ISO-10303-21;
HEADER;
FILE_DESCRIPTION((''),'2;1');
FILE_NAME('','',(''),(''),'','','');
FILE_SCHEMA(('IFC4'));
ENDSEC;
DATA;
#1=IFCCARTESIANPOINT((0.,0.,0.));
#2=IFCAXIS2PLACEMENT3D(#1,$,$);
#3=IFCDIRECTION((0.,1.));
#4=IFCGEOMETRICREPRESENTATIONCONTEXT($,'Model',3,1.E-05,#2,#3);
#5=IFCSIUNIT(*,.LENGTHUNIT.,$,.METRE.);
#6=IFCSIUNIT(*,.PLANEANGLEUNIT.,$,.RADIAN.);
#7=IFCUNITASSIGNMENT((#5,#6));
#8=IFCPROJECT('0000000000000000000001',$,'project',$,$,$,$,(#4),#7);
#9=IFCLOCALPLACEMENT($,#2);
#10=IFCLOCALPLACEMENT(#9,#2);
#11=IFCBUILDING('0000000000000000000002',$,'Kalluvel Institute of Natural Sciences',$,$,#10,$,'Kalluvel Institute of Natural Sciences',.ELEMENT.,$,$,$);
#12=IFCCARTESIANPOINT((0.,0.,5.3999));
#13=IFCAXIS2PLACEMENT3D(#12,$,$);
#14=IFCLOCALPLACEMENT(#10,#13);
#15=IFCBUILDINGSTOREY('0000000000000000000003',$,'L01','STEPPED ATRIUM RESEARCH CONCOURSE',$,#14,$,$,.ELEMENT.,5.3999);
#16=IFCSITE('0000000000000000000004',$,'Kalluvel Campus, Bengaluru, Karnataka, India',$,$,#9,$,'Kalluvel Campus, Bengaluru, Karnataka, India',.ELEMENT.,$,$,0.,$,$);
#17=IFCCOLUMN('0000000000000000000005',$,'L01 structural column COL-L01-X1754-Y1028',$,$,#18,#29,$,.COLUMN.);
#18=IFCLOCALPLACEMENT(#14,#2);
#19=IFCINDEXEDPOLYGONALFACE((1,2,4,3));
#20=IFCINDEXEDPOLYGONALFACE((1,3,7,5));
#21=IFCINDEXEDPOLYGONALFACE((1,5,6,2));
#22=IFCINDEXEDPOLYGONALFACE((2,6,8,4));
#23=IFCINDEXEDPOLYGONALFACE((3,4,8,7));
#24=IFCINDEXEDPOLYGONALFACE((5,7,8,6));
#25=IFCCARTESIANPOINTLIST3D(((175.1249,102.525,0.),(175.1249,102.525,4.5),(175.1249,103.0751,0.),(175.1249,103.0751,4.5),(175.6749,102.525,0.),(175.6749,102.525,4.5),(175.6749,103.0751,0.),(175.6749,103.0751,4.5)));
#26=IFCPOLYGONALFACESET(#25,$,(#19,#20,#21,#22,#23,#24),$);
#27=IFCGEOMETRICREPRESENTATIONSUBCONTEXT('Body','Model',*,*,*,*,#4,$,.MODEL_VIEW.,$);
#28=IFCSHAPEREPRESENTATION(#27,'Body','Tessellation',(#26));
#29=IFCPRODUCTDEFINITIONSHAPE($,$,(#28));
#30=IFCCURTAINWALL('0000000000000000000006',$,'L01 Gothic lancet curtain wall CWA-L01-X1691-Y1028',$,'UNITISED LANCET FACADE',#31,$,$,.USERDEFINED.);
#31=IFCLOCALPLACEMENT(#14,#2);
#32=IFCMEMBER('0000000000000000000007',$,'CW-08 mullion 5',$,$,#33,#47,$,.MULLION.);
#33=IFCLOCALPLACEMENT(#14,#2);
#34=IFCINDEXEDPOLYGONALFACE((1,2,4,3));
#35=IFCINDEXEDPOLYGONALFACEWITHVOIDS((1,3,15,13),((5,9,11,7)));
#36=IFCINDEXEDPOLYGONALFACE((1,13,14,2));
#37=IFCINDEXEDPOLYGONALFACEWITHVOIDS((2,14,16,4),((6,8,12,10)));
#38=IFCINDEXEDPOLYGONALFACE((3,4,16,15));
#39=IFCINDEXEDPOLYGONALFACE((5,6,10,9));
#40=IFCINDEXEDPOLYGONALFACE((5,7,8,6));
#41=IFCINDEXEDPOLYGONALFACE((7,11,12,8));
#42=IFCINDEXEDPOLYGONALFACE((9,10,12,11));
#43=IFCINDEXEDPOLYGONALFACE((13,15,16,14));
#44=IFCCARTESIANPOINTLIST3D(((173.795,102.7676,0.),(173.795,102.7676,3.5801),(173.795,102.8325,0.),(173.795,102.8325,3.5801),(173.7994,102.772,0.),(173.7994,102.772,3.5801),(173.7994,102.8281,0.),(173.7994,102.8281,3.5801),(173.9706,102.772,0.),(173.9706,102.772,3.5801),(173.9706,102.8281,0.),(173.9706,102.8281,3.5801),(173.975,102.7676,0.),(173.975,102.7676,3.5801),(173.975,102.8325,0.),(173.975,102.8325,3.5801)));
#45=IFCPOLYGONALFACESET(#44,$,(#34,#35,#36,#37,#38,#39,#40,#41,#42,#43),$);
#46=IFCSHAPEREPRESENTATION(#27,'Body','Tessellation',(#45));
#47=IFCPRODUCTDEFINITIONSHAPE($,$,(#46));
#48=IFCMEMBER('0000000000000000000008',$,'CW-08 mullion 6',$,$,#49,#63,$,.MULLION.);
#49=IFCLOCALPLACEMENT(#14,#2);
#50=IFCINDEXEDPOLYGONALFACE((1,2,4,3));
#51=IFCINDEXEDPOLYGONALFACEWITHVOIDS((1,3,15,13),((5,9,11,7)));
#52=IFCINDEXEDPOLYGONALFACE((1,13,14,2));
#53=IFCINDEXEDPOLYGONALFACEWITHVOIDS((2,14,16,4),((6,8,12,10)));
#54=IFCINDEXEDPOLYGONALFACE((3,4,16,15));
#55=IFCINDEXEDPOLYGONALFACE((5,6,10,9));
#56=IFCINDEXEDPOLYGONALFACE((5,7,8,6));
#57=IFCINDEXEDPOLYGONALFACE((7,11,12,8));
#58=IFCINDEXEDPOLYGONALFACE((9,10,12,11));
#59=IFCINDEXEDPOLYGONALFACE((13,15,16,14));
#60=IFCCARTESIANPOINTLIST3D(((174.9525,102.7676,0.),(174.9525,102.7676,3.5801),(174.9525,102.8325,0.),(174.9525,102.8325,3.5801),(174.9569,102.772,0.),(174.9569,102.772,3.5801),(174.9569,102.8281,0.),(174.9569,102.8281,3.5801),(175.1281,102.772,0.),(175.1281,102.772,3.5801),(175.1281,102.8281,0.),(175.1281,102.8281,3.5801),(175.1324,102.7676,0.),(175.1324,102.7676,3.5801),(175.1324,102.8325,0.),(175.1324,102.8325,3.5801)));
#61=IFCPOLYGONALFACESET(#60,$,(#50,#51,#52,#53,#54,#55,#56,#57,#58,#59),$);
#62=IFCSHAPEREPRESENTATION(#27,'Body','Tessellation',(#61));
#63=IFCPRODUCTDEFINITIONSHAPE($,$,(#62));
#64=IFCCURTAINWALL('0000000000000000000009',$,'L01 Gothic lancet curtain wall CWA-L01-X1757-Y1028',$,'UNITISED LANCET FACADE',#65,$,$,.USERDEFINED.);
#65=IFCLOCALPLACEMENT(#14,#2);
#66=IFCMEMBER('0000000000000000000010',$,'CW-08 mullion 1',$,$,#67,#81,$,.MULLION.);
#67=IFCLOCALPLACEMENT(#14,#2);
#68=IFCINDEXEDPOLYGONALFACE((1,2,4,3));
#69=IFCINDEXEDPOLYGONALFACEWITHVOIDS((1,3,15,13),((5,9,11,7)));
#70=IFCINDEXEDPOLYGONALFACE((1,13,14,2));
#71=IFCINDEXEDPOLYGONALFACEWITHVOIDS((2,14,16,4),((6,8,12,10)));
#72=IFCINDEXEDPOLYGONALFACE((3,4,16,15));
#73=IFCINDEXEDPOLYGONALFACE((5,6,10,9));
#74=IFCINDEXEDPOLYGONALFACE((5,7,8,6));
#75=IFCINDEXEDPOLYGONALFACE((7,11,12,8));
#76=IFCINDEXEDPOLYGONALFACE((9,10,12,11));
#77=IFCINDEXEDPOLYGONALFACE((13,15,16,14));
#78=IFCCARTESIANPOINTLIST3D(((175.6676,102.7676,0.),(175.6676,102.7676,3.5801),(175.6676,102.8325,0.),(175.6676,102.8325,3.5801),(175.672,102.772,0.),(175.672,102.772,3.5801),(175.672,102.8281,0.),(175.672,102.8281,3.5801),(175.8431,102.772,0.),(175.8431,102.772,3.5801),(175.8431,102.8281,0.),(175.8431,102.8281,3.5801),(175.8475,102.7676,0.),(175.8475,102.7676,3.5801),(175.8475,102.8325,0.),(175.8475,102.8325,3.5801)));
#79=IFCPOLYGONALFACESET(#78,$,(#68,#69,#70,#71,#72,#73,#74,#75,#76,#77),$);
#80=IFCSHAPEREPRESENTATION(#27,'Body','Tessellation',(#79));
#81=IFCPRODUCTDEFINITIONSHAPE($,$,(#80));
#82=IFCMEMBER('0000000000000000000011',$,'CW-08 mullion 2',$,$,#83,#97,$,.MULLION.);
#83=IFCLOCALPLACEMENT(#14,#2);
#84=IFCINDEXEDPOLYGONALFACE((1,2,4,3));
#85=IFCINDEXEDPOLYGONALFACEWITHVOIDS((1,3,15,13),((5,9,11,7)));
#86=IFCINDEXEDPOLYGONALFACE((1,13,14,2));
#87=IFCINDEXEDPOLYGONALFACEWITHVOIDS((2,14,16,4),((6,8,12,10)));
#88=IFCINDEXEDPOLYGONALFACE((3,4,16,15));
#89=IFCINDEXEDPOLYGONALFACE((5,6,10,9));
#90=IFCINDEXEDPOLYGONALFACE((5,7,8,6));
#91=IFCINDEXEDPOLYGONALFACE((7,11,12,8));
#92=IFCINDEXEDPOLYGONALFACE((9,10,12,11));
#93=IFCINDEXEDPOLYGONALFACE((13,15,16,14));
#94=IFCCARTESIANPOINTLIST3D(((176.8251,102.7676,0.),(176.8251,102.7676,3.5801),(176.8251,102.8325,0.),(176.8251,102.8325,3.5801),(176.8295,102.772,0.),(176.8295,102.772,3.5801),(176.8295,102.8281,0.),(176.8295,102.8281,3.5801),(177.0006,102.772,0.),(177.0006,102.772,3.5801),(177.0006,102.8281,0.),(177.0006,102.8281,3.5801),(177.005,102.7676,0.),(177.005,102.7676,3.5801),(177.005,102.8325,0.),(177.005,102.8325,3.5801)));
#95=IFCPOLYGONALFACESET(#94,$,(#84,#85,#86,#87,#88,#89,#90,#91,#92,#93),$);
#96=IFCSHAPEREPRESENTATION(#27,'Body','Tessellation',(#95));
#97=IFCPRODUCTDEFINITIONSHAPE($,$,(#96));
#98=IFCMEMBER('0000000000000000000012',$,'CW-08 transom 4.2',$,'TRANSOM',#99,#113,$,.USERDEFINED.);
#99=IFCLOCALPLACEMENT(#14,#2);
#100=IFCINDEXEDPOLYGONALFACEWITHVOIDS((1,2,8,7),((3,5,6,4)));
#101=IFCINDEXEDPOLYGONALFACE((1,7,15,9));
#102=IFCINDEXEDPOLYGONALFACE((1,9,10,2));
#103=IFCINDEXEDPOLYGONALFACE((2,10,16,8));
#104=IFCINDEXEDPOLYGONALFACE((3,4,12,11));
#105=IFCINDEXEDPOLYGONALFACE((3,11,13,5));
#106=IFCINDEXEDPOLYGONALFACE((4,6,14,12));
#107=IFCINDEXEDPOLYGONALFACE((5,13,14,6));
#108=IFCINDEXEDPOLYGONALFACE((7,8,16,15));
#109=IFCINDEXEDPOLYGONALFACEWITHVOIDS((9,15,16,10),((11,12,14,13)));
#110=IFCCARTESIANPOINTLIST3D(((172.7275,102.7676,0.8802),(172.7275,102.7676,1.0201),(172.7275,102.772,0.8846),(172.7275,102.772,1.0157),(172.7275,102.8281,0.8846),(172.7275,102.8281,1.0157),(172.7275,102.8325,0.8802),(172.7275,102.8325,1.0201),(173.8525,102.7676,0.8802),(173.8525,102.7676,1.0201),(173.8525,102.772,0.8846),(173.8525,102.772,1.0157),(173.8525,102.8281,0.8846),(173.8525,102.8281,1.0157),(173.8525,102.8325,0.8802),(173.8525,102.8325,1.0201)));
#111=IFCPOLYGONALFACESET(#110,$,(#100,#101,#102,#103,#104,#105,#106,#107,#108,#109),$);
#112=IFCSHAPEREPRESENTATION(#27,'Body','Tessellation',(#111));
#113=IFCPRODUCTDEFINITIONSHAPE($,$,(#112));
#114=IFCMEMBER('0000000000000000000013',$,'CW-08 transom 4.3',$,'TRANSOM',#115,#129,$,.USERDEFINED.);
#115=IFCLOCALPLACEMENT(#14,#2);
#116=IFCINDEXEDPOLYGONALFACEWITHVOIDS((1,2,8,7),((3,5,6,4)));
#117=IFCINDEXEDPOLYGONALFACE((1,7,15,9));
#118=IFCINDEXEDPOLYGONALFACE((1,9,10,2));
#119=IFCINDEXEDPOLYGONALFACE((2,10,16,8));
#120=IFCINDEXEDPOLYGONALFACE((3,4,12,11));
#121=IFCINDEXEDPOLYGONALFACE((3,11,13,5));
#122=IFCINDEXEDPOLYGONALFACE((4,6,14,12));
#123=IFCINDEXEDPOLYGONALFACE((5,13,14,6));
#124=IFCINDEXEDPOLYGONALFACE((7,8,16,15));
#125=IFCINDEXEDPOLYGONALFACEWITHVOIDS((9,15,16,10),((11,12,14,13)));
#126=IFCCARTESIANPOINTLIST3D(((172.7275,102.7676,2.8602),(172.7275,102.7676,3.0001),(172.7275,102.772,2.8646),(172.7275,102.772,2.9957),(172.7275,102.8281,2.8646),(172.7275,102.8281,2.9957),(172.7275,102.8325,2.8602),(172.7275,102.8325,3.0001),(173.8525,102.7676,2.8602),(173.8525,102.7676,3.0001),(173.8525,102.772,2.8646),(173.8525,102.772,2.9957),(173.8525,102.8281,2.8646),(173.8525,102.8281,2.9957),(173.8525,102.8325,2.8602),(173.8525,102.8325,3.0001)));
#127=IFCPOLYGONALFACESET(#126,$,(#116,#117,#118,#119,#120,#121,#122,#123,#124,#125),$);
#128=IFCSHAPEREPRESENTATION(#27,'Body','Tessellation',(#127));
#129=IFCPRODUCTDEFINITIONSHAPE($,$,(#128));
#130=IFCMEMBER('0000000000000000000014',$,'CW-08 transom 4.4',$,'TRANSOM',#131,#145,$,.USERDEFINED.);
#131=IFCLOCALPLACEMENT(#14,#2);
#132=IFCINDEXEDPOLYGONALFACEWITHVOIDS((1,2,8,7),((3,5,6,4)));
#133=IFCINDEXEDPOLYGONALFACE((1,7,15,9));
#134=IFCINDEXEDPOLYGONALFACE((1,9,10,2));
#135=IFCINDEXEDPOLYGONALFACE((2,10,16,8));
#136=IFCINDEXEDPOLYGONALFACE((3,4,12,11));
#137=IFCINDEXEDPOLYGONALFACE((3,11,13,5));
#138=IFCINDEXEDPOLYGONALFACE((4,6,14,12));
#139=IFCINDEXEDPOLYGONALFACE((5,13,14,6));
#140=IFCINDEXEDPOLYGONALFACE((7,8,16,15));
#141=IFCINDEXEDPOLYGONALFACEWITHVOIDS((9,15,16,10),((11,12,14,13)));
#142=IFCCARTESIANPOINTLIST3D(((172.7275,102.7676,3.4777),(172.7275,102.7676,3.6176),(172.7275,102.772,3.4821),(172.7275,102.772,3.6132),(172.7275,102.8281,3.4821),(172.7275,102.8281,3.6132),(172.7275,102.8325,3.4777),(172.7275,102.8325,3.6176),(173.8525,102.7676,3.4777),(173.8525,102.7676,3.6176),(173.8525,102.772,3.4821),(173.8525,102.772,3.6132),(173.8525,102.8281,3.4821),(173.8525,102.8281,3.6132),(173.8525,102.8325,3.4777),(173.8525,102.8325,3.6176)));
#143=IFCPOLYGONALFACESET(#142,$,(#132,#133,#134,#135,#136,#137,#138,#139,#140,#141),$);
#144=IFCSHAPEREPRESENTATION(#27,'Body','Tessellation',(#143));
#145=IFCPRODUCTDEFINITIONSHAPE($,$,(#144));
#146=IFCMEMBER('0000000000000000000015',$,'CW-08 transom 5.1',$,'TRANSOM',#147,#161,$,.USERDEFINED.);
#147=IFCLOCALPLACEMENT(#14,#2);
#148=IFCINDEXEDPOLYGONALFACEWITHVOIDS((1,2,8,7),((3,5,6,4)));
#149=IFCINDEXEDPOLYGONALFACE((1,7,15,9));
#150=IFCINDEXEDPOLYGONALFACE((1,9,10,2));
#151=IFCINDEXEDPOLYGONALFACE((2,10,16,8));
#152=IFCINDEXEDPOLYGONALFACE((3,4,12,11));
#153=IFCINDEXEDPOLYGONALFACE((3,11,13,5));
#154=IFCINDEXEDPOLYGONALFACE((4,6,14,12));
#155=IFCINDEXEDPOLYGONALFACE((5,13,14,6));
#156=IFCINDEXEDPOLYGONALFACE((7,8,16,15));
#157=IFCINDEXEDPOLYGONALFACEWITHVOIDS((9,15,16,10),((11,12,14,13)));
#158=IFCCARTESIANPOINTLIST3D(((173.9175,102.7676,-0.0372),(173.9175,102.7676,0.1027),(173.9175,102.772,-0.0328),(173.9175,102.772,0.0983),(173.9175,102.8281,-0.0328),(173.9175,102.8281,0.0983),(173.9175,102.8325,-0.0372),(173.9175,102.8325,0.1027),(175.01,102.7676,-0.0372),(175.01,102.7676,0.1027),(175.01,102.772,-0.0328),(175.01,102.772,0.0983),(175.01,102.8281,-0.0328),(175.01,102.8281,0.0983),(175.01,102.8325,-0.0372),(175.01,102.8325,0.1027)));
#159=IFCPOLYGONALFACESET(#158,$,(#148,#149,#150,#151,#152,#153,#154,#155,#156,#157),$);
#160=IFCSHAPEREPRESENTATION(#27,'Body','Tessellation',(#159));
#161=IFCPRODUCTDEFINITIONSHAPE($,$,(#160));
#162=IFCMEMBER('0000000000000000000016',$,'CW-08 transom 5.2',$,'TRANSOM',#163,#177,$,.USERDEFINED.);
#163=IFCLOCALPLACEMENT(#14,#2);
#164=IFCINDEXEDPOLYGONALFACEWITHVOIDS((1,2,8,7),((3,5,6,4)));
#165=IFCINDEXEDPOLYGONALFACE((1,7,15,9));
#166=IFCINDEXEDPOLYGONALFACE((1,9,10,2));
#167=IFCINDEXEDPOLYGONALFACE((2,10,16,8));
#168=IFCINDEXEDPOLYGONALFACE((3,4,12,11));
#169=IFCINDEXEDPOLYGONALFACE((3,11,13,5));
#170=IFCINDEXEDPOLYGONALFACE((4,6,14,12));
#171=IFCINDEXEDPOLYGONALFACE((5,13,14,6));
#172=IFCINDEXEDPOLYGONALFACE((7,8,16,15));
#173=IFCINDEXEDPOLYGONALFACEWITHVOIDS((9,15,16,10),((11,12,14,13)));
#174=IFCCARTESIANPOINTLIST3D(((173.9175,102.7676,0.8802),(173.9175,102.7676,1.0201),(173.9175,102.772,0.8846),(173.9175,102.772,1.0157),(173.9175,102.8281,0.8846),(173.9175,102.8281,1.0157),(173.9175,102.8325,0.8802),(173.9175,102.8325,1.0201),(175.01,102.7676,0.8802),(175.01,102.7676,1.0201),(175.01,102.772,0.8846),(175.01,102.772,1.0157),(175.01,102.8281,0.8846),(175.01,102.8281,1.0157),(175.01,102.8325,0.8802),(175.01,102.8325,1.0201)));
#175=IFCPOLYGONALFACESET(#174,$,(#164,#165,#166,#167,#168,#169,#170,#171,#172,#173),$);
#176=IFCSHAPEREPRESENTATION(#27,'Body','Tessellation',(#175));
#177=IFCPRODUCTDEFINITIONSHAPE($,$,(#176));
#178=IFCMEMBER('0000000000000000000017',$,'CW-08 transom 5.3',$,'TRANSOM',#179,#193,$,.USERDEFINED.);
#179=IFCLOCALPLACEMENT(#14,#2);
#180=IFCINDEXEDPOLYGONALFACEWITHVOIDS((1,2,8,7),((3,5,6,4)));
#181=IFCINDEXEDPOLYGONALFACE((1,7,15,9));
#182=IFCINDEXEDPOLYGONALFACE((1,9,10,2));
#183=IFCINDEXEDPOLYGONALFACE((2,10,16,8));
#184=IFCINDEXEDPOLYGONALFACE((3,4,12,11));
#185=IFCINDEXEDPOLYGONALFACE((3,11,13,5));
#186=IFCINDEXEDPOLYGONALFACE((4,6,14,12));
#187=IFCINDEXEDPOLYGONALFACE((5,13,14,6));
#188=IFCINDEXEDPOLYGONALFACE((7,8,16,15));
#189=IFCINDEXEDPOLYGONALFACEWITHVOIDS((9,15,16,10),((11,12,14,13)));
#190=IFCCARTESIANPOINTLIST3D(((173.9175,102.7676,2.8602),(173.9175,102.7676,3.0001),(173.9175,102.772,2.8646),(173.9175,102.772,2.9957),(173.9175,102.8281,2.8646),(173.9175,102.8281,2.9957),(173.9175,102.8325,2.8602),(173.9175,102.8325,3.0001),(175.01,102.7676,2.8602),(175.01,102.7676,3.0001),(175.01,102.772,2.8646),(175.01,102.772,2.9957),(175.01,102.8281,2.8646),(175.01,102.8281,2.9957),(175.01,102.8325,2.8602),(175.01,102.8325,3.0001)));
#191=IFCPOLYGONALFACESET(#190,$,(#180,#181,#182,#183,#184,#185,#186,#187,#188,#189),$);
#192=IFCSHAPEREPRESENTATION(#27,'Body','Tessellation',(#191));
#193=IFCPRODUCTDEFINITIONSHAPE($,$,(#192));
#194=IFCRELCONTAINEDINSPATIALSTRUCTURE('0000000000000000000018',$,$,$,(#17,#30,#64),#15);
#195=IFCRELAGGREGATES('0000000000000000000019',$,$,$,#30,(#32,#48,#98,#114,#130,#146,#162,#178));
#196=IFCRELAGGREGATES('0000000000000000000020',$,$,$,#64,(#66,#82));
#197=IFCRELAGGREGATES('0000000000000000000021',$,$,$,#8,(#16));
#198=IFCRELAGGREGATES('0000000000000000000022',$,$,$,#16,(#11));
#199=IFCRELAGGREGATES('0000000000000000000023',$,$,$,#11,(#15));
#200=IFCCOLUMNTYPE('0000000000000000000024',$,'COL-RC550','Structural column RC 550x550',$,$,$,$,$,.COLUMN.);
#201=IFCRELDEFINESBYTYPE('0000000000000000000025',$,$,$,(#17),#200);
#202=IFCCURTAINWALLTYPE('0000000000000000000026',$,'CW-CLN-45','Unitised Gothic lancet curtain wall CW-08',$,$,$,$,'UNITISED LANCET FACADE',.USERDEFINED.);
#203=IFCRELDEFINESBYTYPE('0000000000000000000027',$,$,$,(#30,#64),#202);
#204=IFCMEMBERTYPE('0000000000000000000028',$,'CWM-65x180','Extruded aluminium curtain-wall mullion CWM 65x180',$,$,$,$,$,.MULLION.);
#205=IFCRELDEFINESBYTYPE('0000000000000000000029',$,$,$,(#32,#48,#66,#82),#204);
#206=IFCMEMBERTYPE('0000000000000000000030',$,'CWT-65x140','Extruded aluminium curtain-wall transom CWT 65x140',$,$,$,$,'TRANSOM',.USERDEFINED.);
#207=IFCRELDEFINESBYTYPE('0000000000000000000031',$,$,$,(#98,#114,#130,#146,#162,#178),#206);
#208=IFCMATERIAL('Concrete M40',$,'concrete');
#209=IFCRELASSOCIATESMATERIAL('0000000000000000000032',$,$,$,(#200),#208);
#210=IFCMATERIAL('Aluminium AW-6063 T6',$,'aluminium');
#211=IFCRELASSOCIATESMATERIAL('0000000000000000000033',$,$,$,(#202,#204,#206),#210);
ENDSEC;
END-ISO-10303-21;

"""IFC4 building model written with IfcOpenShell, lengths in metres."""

from ifc_helpers import new_model, si_unit, direction, frame, origin, origin_2d, place, context, subcontext, project, spatial, rectangle, hollow_rectangle, extrude, material, material_profile, profile_set, type_object, element, aggregate, save


model = new_model("IFC4")

# Units and contexts
model_context = context("Model", 3, precision=1e-05, world=origin(), true_north=direction((0.0, 1.0)))
body_context = subcontext(model_context, "Body", "Model", "MODEL_VIEW")
ifc_project = project(units=[si_unit("LENGTHUNIT", "METRE"), si_unit("PLANEANGLEUNIT", "RADIAN")], contexts=[model_context])

# Site, building, storey
site_placement = place(None, origin())
site = spatial("IfcSite", under=ifc_project, at=site_placement, Name="Kalluvel Campus, Bengaluru, Karnataka, India", LongName="Kalluvel Campus, Bengaluru, Karnataka, India", CompositionType="ELEMENT", RefElevation=0.0)
building_placement = place(site_placement, origin())
building = spatial("IfcBuilding", under=site, at=building_placement, Name="Kalluvel Institute of Natural Sciences", LongName="Kalluvel Institute of Natural Sciences", CompositionType="ELEMENT")
storey_placement = place(building_placement, frame((0.0, 0.0, 5.3999)))
storey = spatial("IfcBuildingStorey", under=building, at=storey_placement, Name="L01", Description="STEPPED ATRIUM RESEARCH CONCOURSE", CompositionType="ELEMENT", Elevation=5.3999)

# Column
ifc_material_1 = material(Name="Concrete M40", Category="concrete")
ifc_material_profile_1 = material_profile(ifc_material_1, rectangle(XDim=0.55, YDim=0.55, at=origin_2d()), Name="RC 550x550")
ifc_profile_set_1 = profile_set([ifc_material_profile_1], Name="Concrete M40")
column_type = type_object("IfcColumnType", Name="COL-RC550", Description="Structural column RC 550x550", PredefinedType="COLUMN", material=ifc_profile_set_1)
column_placement = place(storey_placement, frame((175.3999, 102.8, 0.0), z_axis=(0.0, 0.0, 1.0), x_axis=(1.0, 0.0, 0.0)))
element("IfcColumn", 1, at=column_placement, inside=storey, type_object=column_type, Name="L01 structural column COL-L01-X1754-Y1028", PredefinedType="COLUMN", context=body_context, shape_type="SweptSolid", body=[
    extrude(rectangle(XDim=0.55, YDim=0.55, at=origin_2d()), origin(), (0.0, 0.0, 1.0), 4.5),
])

# Curtain walls, members
ifc_material_2 = material(Name="Aluminium AW-6063 T6", Category="aluminium")
curtain_wall_type = type_object("IfcCurtainWallType", Name="CW-CLN-45", Description="Unitised Gothic lancet curtain wall CW-08", ElementType="UNITISED LANCET FACADE", PredefinedType="USERDEFINED", material=ifc_material_2)
curtain_wall_1_placement = place(storey_placement, origin())
curtain_wall_1 = element("IfcCurtainWall", 2, at=curtain_wall_1_placement, inside=storey, type_object=curtain_wall_type, Name="L01 Gothic lancet curtain wall CWA-L01-X1691-Y1028", ObjectType="UNITISED LANCET FACADE", PredefinedType="USERDEFINED")
ifc_material_profile_2 = material_profile(ifc_material_2, hollow_rectangle(XDim=0.0649, YDim=0.1799, WallThickness=0.0044, at=origin_2d()), Name="CWM 65x180")
ifc_profile_set_2 = profile_set([ifc_material_profile_2], Name="Aluminium AW-6063 T6")
member_type_1 = type_object("IfcMemberType", Name="CWM-65x180", Description="Extruded aluminium curtain-wall mullion CWM 65x180", PredefinedType="MULLION", material=ifc_profile_set_2)
member_1_placement = place(storey_placement, frame((173.885, 102.8, 0.0), z_axis=(0.0, 0.0, 1.0), x_axis=(0.0, 1.0, 0.0)))
member_1 = element("IfcMember", 3, at=member_1_placement, type_object=member_type_1, Name="CW-08 mullion 5", PredefinedType="MULLION", context=body_context, shape_type="SweptSolid", body=[
    extrude(hollow_rectangle(XDim=0.0649, YDim=0.1799, WallThickness=0.0044, at=origin_2d()), origin(), (0.0, 0.0, 1.0), 3.5801),
])
member_2_placement = place(storey_placement, frame((175.0425, 102.8, 0.0), z_axis=(0.0, 0.0, 1.0), x_axis=(0.0, 1.0, 0.0)))
member_2 = element("IfcMember", 4, at=member_2_placement, type_object=member_type_1, Name="CW-08 mullion 6", PredefinedType="MULLION", context=body_context, shape_type="SweptSolid", body=[
    extrude(hollow_rectangle(XDim=0.0649, YDim=0.1799, WallThickness=0.0044, at=origin_2d()), origin(), (0.0, 0.0, 1.0), 3.5801),
])
curtain_wall_2_placement = place(storey_placement, origin())
curtain_wall_2 = element("IfcCurtainWall", 5, at=curtain_wall_2_placement, inside=storey, type_object=curtain_wall_type, Name="L01 Gothic lancet curtain wall CWA-L01-X1757-Y1028", ObjectType="UNITISED LANCET FACADE", PredefinedType="USERDEFINED")
member_3_placement = place(storey_placement, frame((175.7576, 102.8, 0.0), z_axis=(0.0, 0.0, 1.0), x_axis=(0.0, 1.0, 0.0)))
member_3 = element("IfcMember", 6, at=member_3_placement, type_object=member_type_1, Name="CW-08 mullion 1", PredefinedType="MULLION", context=body_context, shape_type="SweptSolid", body=[
    extrude(hollow_rectangle(XDim=0.0649, YDim=0.1799, WallThickness=0.0044, at=origin_2d()), origin(), (0.0, 0.0, 1.0), 3.5801),
])
member_4_placement = place(storey_placement, frame((176.915, 102.8, 0.0), z_axis=(0.0, 0.0, 1.0), x_axis=(0.0, 1.0, 0.0)))
member_4 = element("IfcMember", 7, at=member_4_placement, type_object=member_type_1, Name="CW-08 mullion 2", PredefinedType="MULLION", context=body_context, shape_type="SweptSolid", body=[
    extrude(hollow_rectangle(XDim=0.0649, YDim=0.1799, WallThickness=0.0044, at=origin_2d()), origin(), (0.0, 0.0, 1.0), 3.5801),
])

# Members
ifc_material_profile_3 = material_profile(ifc_material_2, hollow_rectangle(XDim=0.0649, YDim=0.1399, WallThickness=0.0044, at=origin_2d()), Name="CWT 65x140")
ifc_profile_set_3 = profile_set([ifc_material_profile_3], Name="Aluminium AW-6063 T6")
member_type_2 = type_object("IfcMemberType", Name="CWT-65x140", Description="Extruded aluminium curtain-wall transom CWT 65x140", ElementType="TRANSOM", PredefinedType="USERDEFINED", material=ifc_profile_set_3)
member_5_placement = place(storey_placement, frame((172.7275, 102.8, 0.9502), z_axis=(1.0, 0.0, 0.0), x_axis=(0.0, 1.0, 0.0)))
member_5 = element("IfcMember", 8, at=member_5_placement, type_object=member_type_2, Name="CW-08 transom 4.2", ObjectType="TRANSOM", PredefinedType="USERDEFINED", context=body_context, shape_type="SweptSolid", body=[
    extrude(hollow_rectangle(XDim=0.0649, YDim=0.1399, WallThickness=0.0044, at=origin_2d()), origin(), (0.0, 0.0, 1.0), 1.125),
])
member_6_placement = place(storey_placement, frame((172.7275, 102.8, 2.9302), z_axis=(1.0, 0.0, 0.0), x_axis=(0.0, 1.0, 0.0)))
member_6 = element("IfcMember", 9, at=member_6_placement, type_object=member_type_2, Name="CW-08 transom 4.3", ObjectType="TRANSOM", PredefinedType="USERDEFINED", context=body_context, shape_type="SweptSolid", body=[
    extrude(hollow_rectangle(XDim=0.0649, YDim=0.1399, WallThickness=0.0044, at=origin_2d()), origin(), (0.0, 0.0, 1.0), 1.125),
])
member_7_placement = place(storey_placement, frame((172.7275, 102.8, 3.5476), z_axis=(1.0, 0.0, 0.0), x_axis=(0.0, 1.0, 0.0)))
member_7 = element("IfcMember", 10, at=member_7_placement, type_object=member_type_2, Name="CW-08 transom 4.4", ObjectType="TRANSOM", PredefinedType="USERDEFINED", context=body_context, shape_type="SweptSolid", body=[
    extrude(hollow_rectangle(XDim=0.0649, YDim=0.1399, WallThickness=0.0044, at=origin_2d()), origin(), (0.0, 0.0, 1.0), 1.125),
])
member_8_placement = place(storey_placement, frame((173.9175, 102.8, 0.0327), z_axis=(1.0, 0.0, 0.0), x_axis=(0.0, 1.0, 0.0)))
member_8 = element("IfcMember", 11, at=member_8_placement, type_object=member_type_2, Name="CW-08 transom 5.1", ObjectType="TRANSOM", PredefinedType="USERDEFINED", context=body_context, shape_type="SweptSolid", body=[
    extrude(hollow_rectangle(XDim=0.0649, YDim=0.1399, WallThickness=0.0044, at=origin_2d()), origin(), (0.0, 0.0, 1.0), 1.0925),
])
member_9_placement = place(storey_placement, frame((173.9175, 102.8, 0.9502), z_axis=(1.0, 0.0, 0.0), x_axis=(0.0, 1.0, 0.0)))
member_9 = element("IfcMember", 12, at=member_9_placement, type_object=member_type_2, Name="CW-08 transom 5.2", ObjectType="TRANSOM", PredefinedType="USERDEFINED", context=body_context, shape_type="SweptSolid", body=[
    extrude(hollow_rectangle(XDim=0.0649, YDim=0.1399, WallThickness=0.0044, at=origin_2d()), origin(), (0.0, 0.0, 1.0), 1.0925),
])
member_10_placement = place(storey_placement, frame((173.9175, 102.8, 2.9302), z_axis=(1.0, 0.0, 0.0), x_axis=(0.0, 1.0, 0.0)))
member_10 = element("IfcMember", 13, at=member_10_placement, type_object=member_type_2, Name="CW-08 transom 5.3", ObjectType="TRANSOM", PredefinedType="USERDEFINED", context=body_context, shape_type="SweptSolid", body=[
    extrude(hollow_rectangle(XDim=0.0649, YDim=0.1399, WallThickness=0.0044, at=origin_2d()), origin(), (0.0, 0.0, 1.0), 1.0925),
])

aggregate(curtain_wall_1, [member_1, member_2, member_5, member_6, member_7, member_8, member_9, member_10])
aggregate(curtain_wall_2, [member_3, member_4])

save(model, "model.ifc")
